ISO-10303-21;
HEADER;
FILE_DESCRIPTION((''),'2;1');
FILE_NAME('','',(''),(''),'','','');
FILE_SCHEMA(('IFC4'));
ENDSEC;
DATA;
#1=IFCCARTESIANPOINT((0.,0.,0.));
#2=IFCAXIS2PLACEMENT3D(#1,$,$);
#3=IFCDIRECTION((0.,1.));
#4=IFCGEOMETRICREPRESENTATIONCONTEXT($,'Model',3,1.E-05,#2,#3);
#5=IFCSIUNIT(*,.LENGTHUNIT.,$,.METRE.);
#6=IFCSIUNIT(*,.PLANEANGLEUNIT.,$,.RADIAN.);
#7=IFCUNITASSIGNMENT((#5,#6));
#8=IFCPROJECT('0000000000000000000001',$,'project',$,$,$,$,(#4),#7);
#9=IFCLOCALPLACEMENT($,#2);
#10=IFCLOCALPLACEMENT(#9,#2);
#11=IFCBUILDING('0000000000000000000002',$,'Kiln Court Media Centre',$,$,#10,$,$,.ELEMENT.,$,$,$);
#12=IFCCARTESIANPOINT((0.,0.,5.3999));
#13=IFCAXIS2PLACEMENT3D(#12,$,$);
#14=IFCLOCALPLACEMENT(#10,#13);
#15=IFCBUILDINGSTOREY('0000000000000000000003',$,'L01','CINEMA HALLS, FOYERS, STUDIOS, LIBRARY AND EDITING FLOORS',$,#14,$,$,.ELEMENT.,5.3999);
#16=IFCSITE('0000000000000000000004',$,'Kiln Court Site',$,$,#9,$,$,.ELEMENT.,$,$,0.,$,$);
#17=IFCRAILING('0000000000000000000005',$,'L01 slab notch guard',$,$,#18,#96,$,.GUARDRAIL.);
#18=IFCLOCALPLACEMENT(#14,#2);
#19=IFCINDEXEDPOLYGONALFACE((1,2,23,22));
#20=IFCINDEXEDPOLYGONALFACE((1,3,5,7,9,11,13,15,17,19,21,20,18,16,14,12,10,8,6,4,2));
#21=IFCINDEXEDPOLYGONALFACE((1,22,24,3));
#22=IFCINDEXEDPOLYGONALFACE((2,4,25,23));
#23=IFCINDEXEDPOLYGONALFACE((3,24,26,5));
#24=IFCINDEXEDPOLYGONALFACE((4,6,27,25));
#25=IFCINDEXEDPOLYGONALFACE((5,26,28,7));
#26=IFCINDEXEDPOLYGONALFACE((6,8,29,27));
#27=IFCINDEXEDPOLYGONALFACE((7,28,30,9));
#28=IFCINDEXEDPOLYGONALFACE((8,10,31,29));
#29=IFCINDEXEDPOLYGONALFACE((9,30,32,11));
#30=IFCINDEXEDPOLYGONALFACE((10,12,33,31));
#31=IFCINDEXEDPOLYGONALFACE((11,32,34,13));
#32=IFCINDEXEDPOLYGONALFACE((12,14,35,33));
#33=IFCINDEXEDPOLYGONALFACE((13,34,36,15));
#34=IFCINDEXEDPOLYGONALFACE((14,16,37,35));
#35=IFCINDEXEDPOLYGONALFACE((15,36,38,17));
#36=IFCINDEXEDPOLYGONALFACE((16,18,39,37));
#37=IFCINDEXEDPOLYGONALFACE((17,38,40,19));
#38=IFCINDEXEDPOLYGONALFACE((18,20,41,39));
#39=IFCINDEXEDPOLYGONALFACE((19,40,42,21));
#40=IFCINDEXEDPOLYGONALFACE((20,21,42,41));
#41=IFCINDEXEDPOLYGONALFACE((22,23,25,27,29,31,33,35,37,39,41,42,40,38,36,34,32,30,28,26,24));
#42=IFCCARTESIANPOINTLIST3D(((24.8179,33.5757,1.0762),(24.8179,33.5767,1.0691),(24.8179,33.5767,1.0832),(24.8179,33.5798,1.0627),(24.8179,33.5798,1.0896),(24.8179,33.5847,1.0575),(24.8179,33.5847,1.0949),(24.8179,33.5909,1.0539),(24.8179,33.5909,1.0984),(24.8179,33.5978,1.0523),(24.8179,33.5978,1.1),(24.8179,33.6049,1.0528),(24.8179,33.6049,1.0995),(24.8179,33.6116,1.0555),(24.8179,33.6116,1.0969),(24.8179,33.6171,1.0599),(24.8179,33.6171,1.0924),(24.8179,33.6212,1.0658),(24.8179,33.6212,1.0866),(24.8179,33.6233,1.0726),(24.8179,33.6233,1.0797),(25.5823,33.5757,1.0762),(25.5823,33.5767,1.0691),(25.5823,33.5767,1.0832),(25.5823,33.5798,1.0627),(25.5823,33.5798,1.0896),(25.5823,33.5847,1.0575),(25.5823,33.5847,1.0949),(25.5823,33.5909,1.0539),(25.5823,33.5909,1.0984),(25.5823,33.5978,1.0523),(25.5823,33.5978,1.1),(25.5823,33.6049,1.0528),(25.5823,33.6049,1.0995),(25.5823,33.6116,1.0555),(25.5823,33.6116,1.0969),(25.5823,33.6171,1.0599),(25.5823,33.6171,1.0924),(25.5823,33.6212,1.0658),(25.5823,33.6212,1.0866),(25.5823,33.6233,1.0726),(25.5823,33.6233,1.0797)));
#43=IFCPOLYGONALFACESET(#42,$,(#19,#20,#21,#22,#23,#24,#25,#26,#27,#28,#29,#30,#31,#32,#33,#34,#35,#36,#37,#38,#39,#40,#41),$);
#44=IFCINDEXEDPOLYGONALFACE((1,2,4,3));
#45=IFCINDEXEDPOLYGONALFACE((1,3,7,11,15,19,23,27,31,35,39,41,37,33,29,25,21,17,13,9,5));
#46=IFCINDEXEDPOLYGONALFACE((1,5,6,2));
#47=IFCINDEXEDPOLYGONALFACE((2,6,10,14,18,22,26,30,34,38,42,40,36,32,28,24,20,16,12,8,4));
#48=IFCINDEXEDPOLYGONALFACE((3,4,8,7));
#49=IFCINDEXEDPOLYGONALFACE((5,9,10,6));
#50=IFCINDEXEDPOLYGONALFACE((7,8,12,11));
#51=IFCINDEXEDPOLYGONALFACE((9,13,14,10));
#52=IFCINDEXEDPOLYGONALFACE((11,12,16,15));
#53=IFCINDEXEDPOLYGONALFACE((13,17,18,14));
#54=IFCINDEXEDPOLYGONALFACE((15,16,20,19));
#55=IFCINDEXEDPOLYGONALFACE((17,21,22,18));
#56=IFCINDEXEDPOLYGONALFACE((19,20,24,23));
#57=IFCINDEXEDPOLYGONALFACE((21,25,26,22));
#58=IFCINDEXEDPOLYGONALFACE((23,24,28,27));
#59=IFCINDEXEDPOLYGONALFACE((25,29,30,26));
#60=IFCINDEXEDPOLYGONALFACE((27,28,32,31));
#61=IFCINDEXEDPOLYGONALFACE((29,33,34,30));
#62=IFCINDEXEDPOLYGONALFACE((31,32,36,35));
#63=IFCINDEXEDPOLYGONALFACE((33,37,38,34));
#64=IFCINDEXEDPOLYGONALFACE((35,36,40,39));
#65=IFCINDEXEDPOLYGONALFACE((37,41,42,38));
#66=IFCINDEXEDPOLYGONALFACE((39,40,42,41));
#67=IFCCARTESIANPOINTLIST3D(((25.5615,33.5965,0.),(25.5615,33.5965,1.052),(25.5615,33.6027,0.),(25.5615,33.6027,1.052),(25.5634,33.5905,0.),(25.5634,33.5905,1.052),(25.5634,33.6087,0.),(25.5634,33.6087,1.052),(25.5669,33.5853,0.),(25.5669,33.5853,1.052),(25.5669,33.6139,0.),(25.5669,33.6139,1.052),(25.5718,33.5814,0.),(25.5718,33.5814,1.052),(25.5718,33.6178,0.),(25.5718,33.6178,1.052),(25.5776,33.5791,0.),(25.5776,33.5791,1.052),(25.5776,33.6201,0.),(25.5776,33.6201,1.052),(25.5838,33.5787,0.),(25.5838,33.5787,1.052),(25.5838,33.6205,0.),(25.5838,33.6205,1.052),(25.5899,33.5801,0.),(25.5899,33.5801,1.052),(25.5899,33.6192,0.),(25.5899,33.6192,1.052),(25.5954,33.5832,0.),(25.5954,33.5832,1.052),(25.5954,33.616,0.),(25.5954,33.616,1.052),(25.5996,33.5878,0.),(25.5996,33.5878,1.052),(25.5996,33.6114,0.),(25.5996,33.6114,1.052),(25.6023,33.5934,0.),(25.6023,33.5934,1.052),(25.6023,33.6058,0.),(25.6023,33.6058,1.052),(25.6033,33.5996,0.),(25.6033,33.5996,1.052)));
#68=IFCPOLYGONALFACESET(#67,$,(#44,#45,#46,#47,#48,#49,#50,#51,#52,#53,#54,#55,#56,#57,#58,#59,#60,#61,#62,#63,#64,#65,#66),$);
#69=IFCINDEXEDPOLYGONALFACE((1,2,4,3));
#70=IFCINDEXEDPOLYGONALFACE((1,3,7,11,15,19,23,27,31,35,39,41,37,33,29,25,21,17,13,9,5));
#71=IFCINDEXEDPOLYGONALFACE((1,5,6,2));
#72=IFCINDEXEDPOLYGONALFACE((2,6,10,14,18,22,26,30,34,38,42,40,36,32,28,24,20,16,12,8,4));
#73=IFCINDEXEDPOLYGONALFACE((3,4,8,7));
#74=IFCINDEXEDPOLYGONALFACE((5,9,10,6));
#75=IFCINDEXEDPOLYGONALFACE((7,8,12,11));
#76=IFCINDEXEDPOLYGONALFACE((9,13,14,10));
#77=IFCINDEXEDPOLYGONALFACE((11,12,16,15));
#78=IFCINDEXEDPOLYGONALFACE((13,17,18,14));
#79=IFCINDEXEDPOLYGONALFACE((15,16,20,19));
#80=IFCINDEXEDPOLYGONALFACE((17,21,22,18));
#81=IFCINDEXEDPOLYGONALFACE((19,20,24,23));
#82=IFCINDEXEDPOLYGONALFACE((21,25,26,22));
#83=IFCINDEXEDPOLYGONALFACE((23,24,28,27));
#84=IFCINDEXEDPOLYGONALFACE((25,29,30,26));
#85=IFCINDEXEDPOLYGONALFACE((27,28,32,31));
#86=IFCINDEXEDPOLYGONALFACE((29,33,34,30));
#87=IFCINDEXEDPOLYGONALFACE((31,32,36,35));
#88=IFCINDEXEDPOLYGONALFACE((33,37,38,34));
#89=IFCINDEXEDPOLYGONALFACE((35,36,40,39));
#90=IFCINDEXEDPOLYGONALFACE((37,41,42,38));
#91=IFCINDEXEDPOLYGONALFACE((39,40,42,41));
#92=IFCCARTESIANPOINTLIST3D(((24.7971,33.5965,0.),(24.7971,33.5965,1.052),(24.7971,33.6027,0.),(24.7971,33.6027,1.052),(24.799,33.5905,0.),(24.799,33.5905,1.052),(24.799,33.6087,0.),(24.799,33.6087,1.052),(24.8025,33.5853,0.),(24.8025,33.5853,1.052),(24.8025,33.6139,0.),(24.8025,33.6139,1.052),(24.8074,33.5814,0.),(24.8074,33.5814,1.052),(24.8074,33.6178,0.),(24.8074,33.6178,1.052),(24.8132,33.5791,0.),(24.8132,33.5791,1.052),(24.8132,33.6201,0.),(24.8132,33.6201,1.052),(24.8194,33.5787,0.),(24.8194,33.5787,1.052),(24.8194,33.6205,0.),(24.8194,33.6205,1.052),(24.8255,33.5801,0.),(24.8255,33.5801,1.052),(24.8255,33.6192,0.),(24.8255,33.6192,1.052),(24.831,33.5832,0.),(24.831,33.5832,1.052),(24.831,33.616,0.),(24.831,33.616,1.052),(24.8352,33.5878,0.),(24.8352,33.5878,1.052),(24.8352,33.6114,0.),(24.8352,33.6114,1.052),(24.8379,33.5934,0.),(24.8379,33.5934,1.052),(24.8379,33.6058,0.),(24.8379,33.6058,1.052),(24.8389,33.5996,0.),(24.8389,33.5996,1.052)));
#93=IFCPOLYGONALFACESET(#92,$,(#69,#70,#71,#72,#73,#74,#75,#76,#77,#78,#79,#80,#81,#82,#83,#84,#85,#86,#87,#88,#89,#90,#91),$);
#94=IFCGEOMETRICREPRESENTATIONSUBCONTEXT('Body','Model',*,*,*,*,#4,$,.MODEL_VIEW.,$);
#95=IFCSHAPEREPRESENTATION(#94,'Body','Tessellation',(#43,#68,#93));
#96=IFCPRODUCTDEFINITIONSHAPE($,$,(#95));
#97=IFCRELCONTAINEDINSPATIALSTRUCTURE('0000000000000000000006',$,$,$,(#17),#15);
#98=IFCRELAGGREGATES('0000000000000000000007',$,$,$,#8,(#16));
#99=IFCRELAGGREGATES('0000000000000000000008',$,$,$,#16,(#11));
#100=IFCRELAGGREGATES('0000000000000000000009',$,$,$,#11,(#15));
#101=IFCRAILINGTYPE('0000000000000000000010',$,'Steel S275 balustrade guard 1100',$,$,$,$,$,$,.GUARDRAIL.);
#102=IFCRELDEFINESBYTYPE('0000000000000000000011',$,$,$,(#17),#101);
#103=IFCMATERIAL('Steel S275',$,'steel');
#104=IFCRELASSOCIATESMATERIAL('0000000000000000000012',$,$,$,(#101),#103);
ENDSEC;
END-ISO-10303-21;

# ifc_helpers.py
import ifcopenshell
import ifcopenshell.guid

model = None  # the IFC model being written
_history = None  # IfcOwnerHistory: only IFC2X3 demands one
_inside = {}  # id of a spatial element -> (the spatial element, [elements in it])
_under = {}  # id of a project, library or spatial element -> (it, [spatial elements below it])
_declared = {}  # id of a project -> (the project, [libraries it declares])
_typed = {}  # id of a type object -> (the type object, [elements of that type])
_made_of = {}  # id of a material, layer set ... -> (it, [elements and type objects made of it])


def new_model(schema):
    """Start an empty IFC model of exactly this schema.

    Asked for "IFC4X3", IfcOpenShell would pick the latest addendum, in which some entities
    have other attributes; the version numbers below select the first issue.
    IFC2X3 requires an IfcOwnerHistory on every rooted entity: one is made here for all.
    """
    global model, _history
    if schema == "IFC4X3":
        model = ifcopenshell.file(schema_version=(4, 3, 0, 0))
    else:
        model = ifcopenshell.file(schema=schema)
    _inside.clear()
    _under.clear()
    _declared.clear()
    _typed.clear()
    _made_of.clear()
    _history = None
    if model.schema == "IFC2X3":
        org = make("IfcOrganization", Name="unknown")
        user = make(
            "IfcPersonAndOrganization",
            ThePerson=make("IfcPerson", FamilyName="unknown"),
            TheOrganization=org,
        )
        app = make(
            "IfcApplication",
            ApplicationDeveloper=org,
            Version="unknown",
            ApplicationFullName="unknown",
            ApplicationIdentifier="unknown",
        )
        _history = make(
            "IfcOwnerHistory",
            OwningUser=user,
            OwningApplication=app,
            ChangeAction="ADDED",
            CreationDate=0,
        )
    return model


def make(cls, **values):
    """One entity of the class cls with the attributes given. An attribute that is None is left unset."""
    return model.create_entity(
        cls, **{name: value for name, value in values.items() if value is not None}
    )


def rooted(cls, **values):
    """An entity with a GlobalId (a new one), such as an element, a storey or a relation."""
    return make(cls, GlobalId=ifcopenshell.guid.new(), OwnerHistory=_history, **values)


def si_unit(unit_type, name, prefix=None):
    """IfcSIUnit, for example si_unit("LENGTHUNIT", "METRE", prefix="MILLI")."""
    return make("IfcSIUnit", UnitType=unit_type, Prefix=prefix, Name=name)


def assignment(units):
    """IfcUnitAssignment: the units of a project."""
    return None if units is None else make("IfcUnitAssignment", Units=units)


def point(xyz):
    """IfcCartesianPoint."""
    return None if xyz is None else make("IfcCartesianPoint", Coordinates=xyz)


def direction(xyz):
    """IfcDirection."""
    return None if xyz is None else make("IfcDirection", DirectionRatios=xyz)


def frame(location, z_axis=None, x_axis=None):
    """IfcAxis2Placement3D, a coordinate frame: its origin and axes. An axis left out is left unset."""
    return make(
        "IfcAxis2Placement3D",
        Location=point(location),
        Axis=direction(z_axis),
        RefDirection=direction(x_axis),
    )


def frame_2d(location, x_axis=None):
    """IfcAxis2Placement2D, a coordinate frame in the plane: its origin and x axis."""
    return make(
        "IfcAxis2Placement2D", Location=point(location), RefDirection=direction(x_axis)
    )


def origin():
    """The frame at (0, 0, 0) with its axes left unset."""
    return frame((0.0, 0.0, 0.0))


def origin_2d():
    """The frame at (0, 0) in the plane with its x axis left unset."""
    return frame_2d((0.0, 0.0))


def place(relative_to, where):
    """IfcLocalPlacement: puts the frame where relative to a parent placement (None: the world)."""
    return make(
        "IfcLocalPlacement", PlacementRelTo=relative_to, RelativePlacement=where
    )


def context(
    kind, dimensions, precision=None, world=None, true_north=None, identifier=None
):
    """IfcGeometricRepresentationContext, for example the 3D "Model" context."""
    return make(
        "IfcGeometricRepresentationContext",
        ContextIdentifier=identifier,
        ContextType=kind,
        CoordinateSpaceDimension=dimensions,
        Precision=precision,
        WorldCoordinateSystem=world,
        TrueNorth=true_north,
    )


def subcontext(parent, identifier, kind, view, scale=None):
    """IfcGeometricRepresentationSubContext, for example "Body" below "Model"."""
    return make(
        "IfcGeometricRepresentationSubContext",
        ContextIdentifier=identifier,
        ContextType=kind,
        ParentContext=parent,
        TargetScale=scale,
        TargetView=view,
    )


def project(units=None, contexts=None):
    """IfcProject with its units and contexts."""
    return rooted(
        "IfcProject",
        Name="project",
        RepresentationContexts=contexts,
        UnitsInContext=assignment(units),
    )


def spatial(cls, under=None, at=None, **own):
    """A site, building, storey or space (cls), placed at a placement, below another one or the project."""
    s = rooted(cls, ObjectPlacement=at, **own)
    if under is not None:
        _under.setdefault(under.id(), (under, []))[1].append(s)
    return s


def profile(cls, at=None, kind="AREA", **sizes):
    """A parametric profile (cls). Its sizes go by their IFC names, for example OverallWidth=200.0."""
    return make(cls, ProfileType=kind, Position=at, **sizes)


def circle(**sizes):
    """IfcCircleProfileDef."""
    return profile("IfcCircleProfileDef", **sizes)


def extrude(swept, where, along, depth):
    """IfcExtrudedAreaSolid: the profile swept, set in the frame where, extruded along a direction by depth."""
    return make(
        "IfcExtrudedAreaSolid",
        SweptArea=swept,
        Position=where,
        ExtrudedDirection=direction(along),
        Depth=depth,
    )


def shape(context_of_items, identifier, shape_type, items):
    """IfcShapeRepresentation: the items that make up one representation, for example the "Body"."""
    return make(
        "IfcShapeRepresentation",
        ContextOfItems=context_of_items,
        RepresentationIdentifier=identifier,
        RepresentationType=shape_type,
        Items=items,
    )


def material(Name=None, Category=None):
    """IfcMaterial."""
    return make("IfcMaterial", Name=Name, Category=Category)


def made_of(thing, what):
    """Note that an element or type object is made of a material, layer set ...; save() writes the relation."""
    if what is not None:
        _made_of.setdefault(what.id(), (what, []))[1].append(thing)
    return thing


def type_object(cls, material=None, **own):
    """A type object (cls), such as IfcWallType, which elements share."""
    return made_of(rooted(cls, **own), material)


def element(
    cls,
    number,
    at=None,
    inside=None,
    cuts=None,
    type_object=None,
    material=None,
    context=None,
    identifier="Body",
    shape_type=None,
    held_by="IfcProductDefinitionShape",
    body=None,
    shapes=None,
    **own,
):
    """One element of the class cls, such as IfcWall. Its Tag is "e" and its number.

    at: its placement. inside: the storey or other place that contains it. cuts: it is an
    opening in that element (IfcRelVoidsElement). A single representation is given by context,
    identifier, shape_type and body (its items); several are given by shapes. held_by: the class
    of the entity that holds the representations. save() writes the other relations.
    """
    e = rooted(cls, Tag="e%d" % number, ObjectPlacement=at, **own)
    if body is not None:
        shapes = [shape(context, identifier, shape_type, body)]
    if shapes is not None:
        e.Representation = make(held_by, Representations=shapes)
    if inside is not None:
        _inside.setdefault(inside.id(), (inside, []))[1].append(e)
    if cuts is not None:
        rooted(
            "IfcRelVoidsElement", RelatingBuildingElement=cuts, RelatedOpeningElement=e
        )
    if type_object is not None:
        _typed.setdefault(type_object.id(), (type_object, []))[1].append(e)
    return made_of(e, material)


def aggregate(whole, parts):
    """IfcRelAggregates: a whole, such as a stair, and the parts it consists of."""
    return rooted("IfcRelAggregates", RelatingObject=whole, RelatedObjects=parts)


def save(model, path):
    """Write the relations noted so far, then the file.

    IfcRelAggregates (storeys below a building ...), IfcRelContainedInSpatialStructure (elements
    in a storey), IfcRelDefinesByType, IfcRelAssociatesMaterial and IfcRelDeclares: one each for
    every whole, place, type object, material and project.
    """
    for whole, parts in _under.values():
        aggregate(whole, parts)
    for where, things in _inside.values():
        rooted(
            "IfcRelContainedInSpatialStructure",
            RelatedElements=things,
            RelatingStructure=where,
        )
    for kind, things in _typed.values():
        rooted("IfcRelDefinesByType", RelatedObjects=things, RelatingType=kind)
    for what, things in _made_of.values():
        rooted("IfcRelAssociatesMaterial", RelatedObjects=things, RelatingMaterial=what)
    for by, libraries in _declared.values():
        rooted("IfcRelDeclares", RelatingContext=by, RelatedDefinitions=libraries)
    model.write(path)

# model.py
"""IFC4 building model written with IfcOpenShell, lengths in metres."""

from ifc_helpers import new_model, si_unit, direction, frame, origin, origin_2d, place, context, subcontext, project, spatial, circle, extrude, material, type_object, element, save


model = new_model("IFC4")

# Units and contexts
model_context = context("Model", 3, precision=1e-05, world=origin(), true_north=direction((0.0, 1.0)))
body_context = subcontext(model_context, "Body", "Model", "MODEL_VIEW")
ifc_project = project(units=[si_unit("LENGTHUNIT", "METRE"), si_unit("PLANEANGLEUNIT", "RADIAN")], contexts=[model_context])

# Site, building, storey
site_placement = place(None, origin())
site = spatial("IfcSite", under=ifc_project, at=site_placement, Name="Kiln Court Site", CompositionType="ELEMENT", RefElevation=0.0)
building_placement = place(site_placement, origin())
building = spatial("IfcBuilding", under=site, at=building_placement, Name="Kiln Court Media Centre", CompositionType="ELEMENT")
storey_placement = place(building_placement, frame((0.0, 0.0, 5.3999)))
storey = spatial("IfcBuildingStorey", under=building, at=storey_placement, Name="L01", Description="CINEMA HALLS, FOYERS, STUDIOS, LIBRARY AND EDITING FLOORS", CompositionType="ELEMENT", Elevation=5.3999)

# Railing
ifc_material_1 = material(Name="Steel S275", Category="steel")
railing_type = type_object("IfcRailingType", Name="Steel S275 balustrade guard 1100", PredefinedType="GUARDRAIL", material=ifc_material_1)
railing_1_placement = place(storey_placement, frame((25.5823, 33.5996, 0.0)))
element("IfcRailing", 1, at=railing_1_placement, inside=storey, type_object=railing_type, Name="L01 slab notch guard", PredefinedType="GUARDRAIL", context=body_context, shape_type="SweptSolid", body=[
    extrude(circle(Radius=0.0239, at=origin_2d()), frame((0.0, 0.0, 1.0762), z_axis=(-1.0, 0.0, 0.0), x_axis=(0.0, -1.0, 0.0)), (0.0, 0.0, 1.0), 0.7644),
    extrude(circle(Radius=0.021, at=origin_2d()), origin(), (0.0, 0.0, 1.0), 1.052),
    extrude(circle(Radius=0.021, at=origin_2d()), frame((-0.7644, 0.0, 0.0)), (0.0, 0.0, 1.0), 1.052),
])

save(model, "model.ifc")
